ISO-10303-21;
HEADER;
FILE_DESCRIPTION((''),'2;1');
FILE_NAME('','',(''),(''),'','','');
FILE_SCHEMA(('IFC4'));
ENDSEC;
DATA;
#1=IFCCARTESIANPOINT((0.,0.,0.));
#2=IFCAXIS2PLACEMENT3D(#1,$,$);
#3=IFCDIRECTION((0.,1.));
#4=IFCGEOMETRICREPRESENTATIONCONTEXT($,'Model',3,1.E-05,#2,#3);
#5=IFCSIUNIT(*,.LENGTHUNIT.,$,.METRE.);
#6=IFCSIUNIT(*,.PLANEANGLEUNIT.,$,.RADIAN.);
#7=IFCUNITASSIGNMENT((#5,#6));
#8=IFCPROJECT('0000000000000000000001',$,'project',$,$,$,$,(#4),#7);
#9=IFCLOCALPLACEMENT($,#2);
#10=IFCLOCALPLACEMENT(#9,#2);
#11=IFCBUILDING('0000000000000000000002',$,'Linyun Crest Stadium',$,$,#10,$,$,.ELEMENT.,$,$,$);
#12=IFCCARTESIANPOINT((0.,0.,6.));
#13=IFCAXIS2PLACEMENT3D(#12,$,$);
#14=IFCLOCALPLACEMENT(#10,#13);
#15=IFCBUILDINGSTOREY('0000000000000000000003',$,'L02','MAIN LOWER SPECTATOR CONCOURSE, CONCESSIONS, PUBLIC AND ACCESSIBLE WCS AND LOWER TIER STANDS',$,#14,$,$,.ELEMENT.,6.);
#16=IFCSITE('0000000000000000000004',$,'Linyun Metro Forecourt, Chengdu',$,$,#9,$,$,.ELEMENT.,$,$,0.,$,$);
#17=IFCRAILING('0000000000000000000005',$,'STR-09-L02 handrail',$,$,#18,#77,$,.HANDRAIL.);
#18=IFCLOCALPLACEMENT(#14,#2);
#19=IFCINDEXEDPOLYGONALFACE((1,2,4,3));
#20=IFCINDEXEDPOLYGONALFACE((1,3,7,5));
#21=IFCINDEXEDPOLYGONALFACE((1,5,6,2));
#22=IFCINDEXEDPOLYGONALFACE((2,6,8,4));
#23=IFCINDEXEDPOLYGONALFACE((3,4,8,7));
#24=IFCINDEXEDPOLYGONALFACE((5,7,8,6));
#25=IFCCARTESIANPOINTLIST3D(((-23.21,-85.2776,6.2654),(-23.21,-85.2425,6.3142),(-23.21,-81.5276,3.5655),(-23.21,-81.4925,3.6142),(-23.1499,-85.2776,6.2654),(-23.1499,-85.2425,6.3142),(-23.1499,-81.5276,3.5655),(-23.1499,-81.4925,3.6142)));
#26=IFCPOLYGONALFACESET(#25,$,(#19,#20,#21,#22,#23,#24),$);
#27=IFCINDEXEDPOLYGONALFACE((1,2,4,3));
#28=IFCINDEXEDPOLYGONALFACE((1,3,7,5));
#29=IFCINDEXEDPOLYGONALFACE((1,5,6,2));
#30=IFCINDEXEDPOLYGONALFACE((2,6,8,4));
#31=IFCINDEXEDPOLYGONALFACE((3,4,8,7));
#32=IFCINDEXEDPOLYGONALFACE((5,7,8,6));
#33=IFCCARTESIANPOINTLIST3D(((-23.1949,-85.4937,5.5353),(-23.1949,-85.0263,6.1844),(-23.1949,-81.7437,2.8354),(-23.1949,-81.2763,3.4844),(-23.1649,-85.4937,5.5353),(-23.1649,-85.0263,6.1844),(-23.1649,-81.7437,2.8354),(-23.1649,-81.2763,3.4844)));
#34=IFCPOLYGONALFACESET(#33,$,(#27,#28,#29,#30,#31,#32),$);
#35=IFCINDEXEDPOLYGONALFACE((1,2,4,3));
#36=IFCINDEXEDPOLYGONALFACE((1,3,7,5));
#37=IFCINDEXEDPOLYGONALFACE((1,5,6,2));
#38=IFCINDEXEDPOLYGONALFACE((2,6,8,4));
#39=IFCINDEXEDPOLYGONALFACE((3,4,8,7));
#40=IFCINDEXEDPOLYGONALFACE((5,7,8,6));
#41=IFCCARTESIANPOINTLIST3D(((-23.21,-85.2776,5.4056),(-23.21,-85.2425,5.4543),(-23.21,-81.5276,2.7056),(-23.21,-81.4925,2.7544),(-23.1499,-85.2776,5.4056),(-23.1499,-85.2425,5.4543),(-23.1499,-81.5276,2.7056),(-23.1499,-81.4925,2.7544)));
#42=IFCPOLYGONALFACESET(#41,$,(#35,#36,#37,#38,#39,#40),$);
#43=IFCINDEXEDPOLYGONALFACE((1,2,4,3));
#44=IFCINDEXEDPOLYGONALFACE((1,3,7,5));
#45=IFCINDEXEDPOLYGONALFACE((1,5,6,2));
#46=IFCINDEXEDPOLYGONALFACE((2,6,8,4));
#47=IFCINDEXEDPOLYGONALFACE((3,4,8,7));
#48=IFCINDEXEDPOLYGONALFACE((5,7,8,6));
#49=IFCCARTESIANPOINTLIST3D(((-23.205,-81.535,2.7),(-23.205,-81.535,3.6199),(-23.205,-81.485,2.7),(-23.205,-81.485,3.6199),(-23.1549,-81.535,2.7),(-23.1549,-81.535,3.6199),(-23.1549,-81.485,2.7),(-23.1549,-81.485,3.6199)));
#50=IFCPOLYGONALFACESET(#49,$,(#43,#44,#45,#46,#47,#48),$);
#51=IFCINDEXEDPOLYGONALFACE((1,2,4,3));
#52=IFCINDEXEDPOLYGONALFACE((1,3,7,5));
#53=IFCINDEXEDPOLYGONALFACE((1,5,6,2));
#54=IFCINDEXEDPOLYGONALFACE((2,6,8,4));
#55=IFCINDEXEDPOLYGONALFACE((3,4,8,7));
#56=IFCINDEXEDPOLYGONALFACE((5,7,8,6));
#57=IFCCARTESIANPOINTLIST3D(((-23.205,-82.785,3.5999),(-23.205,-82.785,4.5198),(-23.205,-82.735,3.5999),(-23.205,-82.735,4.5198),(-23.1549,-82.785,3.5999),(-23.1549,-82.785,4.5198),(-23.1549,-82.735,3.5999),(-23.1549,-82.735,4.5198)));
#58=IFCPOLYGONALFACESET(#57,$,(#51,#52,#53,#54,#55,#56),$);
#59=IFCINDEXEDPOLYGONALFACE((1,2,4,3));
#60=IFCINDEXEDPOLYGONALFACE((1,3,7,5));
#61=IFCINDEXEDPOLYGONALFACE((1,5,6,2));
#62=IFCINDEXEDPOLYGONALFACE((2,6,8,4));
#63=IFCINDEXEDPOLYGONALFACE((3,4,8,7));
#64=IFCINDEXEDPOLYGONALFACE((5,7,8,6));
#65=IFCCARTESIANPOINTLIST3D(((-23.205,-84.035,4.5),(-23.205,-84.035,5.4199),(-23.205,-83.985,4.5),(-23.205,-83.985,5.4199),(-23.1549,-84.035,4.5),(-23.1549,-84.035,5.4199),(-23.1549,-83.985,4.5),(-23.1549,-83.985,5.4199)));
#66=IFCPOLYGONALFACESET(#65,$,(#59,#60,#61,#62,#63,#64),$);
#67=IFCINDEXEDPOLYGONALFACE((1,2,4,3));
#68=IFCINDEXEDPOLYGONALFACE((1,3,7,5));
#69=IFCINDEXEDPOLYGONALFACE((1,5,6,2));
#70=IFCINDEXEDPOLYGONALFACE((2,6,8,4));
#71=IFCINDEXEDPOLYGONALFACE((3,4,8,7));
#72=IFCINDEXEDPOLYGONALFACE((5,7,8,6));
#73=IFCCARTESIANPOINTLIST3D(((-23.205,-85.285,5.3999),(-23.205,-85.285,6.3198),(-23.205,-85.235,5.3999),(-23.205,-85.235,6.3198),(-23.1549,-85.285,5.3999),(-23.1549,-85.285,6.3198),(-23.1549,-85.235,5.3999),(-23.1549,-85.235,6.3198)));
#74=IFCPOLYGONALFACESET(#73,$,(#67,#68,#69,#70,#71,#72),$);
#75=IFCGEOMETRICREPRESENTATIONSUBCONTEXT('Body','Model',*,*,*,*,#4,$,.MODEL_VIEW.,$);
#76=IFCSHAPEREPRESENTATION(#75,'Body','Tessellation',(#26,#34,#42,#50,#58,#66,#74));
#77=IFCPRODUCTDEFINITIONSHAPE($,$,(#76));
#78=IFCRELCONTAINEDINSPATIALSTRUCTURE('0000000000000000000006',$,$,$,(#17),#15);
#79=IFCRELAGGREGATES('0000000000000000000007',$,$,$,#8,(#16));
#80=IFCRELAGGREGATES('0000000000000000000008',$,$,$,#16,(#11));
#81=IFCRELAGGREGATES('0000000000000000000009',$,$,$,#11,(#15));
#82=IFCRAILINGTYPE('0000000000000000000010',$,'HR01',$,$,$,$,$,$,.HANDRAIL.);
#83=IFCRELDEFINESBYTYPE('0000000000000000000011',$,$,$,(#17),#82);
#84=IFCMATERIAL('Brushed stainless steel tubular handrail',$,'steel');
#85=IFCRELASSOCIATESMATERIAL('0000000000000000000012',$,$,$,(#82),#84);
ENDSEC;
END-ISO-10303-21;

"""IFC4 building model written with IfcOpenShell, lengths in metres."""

from ifc_helpers import new_model, si_unit, direction, frame, origin, origin_2d, place, context, subcontext, project, spatial, rectangle, extrude, material, type_object, element, save


model = new_model("IFC4")

# Units and contexts
model_context = context("Model", 3, precision=1e-05, world=origin(), true_north=direction((0.0, 1.0)))
body_context = subcontext(model_context, "Body", "Model", "MODEL_VIEW")
ifc_project = project(units=[si_unit("LENGTHUNIT", "METRE"), si_unit("PLANEANGLEUNIT", "RADIAN")], contexts=[model_context])

# Site, building, storey
site_placement = place(None, origin())
site = spatial("IfcSite", under=ifc_project, at=site_placement, Name="Linyun Metro Forecourt, Chengdu", CompositionType="ELEMENT", RefElevation=0.0)
building_placement = place(site_placement, origin())
building = spatial("IfcBuilding", under=site, at=building_placement, Name="Linyun Crest Stadium", CompositionType="ELEMENT")
storey_placement = place(building_placement, frame((0.0, 0.0, 6.0)))
storey = spatial("IfcBuildingStorey", under=building, at=storey_placement, Name="L02", Description="MAIN LOWER SPECTATOR CONCOURSE, CONCESSIONS, PUBLIC AND ACCESSIBLE WCS AND LOWER TIER STANDS", CompositionType="ELEMENT", Elevation=6.0)

# Railing
ifc_material_1 = material(Name="Brushed stainless steel tubular handrail", Category="steel")
railing_type_1 = type_object("IfcRailingType", Name="HR01", PredefinedType="HANDRAIL", material=ifc_material_1)
railing_1_placement = place(storey_placement, frame((-23.1799, -81.51, 2.7)))
element("IfcRailing", 1, at=railing_1_placement, inside=storey, type_object=railing_type_1, Name="STR-09-L02 handrail", PredefinedType="HANDRAIL", context=body_context, shape_type="SweptSolid", body=[
    extrude(rectangle(XDim=0.0601, YDim=0.0601, at=origin_2d()), frame((0.0, 0.0, 0.8899), z_axis=(0.0, -0.811539, 0.584298), x_axis=(1.0, 0.0, 0.0)), (0.0, 0.0, 1.0), 4.6208),
    extrude(rectangle(XDim=0.03, YDim=0.7998, at=origin_2d()), frame((0.0, 0.0, 0.46), z_axis=(0.0, -0.811539, 0.584298), x_axis=(1.0, 0.0, 0.0)), (0.0, 0.0, 1.0), 4.6208),
    extrude(rectangle(XDim=0.0601, YDim=0.0601, at=origin_2d()), frame((0.0, 0.0, 0.03), z_axis=(0.0, -0.811539, 0.584298), x_axis=(1.0, 0.0, 0.0)), (0.0, 0.0, 1.0), 4.6208),
    extrude(rectangle(XDim=0.05, YDim=0.05, at=origin_2d()), origin(), (0.0, 0.0, 1.0), 0.9199),
    extrude(rectangle(XDim=0.05, YDim=0.05, at=origin_2d()), frame((0.0, -1.25, 0.8999)), (0.0, 0.0, 1.0), 0.9199),
    extrude(rectangle(XDim=0.05, YDim=0.05, at=origin_2d()), frame((0.0, -2.5, 1.8)), (0.0, 0.0, 1.0), 0.9199),
    extrude(rectangle(XDim=0.05, YDim=0.05, at=origin_2d()), frame((0.0, -3.75, 2.7)), (0.0, 0.0, 1.0), 0.9199),
])

save(model, "model.ifc")
